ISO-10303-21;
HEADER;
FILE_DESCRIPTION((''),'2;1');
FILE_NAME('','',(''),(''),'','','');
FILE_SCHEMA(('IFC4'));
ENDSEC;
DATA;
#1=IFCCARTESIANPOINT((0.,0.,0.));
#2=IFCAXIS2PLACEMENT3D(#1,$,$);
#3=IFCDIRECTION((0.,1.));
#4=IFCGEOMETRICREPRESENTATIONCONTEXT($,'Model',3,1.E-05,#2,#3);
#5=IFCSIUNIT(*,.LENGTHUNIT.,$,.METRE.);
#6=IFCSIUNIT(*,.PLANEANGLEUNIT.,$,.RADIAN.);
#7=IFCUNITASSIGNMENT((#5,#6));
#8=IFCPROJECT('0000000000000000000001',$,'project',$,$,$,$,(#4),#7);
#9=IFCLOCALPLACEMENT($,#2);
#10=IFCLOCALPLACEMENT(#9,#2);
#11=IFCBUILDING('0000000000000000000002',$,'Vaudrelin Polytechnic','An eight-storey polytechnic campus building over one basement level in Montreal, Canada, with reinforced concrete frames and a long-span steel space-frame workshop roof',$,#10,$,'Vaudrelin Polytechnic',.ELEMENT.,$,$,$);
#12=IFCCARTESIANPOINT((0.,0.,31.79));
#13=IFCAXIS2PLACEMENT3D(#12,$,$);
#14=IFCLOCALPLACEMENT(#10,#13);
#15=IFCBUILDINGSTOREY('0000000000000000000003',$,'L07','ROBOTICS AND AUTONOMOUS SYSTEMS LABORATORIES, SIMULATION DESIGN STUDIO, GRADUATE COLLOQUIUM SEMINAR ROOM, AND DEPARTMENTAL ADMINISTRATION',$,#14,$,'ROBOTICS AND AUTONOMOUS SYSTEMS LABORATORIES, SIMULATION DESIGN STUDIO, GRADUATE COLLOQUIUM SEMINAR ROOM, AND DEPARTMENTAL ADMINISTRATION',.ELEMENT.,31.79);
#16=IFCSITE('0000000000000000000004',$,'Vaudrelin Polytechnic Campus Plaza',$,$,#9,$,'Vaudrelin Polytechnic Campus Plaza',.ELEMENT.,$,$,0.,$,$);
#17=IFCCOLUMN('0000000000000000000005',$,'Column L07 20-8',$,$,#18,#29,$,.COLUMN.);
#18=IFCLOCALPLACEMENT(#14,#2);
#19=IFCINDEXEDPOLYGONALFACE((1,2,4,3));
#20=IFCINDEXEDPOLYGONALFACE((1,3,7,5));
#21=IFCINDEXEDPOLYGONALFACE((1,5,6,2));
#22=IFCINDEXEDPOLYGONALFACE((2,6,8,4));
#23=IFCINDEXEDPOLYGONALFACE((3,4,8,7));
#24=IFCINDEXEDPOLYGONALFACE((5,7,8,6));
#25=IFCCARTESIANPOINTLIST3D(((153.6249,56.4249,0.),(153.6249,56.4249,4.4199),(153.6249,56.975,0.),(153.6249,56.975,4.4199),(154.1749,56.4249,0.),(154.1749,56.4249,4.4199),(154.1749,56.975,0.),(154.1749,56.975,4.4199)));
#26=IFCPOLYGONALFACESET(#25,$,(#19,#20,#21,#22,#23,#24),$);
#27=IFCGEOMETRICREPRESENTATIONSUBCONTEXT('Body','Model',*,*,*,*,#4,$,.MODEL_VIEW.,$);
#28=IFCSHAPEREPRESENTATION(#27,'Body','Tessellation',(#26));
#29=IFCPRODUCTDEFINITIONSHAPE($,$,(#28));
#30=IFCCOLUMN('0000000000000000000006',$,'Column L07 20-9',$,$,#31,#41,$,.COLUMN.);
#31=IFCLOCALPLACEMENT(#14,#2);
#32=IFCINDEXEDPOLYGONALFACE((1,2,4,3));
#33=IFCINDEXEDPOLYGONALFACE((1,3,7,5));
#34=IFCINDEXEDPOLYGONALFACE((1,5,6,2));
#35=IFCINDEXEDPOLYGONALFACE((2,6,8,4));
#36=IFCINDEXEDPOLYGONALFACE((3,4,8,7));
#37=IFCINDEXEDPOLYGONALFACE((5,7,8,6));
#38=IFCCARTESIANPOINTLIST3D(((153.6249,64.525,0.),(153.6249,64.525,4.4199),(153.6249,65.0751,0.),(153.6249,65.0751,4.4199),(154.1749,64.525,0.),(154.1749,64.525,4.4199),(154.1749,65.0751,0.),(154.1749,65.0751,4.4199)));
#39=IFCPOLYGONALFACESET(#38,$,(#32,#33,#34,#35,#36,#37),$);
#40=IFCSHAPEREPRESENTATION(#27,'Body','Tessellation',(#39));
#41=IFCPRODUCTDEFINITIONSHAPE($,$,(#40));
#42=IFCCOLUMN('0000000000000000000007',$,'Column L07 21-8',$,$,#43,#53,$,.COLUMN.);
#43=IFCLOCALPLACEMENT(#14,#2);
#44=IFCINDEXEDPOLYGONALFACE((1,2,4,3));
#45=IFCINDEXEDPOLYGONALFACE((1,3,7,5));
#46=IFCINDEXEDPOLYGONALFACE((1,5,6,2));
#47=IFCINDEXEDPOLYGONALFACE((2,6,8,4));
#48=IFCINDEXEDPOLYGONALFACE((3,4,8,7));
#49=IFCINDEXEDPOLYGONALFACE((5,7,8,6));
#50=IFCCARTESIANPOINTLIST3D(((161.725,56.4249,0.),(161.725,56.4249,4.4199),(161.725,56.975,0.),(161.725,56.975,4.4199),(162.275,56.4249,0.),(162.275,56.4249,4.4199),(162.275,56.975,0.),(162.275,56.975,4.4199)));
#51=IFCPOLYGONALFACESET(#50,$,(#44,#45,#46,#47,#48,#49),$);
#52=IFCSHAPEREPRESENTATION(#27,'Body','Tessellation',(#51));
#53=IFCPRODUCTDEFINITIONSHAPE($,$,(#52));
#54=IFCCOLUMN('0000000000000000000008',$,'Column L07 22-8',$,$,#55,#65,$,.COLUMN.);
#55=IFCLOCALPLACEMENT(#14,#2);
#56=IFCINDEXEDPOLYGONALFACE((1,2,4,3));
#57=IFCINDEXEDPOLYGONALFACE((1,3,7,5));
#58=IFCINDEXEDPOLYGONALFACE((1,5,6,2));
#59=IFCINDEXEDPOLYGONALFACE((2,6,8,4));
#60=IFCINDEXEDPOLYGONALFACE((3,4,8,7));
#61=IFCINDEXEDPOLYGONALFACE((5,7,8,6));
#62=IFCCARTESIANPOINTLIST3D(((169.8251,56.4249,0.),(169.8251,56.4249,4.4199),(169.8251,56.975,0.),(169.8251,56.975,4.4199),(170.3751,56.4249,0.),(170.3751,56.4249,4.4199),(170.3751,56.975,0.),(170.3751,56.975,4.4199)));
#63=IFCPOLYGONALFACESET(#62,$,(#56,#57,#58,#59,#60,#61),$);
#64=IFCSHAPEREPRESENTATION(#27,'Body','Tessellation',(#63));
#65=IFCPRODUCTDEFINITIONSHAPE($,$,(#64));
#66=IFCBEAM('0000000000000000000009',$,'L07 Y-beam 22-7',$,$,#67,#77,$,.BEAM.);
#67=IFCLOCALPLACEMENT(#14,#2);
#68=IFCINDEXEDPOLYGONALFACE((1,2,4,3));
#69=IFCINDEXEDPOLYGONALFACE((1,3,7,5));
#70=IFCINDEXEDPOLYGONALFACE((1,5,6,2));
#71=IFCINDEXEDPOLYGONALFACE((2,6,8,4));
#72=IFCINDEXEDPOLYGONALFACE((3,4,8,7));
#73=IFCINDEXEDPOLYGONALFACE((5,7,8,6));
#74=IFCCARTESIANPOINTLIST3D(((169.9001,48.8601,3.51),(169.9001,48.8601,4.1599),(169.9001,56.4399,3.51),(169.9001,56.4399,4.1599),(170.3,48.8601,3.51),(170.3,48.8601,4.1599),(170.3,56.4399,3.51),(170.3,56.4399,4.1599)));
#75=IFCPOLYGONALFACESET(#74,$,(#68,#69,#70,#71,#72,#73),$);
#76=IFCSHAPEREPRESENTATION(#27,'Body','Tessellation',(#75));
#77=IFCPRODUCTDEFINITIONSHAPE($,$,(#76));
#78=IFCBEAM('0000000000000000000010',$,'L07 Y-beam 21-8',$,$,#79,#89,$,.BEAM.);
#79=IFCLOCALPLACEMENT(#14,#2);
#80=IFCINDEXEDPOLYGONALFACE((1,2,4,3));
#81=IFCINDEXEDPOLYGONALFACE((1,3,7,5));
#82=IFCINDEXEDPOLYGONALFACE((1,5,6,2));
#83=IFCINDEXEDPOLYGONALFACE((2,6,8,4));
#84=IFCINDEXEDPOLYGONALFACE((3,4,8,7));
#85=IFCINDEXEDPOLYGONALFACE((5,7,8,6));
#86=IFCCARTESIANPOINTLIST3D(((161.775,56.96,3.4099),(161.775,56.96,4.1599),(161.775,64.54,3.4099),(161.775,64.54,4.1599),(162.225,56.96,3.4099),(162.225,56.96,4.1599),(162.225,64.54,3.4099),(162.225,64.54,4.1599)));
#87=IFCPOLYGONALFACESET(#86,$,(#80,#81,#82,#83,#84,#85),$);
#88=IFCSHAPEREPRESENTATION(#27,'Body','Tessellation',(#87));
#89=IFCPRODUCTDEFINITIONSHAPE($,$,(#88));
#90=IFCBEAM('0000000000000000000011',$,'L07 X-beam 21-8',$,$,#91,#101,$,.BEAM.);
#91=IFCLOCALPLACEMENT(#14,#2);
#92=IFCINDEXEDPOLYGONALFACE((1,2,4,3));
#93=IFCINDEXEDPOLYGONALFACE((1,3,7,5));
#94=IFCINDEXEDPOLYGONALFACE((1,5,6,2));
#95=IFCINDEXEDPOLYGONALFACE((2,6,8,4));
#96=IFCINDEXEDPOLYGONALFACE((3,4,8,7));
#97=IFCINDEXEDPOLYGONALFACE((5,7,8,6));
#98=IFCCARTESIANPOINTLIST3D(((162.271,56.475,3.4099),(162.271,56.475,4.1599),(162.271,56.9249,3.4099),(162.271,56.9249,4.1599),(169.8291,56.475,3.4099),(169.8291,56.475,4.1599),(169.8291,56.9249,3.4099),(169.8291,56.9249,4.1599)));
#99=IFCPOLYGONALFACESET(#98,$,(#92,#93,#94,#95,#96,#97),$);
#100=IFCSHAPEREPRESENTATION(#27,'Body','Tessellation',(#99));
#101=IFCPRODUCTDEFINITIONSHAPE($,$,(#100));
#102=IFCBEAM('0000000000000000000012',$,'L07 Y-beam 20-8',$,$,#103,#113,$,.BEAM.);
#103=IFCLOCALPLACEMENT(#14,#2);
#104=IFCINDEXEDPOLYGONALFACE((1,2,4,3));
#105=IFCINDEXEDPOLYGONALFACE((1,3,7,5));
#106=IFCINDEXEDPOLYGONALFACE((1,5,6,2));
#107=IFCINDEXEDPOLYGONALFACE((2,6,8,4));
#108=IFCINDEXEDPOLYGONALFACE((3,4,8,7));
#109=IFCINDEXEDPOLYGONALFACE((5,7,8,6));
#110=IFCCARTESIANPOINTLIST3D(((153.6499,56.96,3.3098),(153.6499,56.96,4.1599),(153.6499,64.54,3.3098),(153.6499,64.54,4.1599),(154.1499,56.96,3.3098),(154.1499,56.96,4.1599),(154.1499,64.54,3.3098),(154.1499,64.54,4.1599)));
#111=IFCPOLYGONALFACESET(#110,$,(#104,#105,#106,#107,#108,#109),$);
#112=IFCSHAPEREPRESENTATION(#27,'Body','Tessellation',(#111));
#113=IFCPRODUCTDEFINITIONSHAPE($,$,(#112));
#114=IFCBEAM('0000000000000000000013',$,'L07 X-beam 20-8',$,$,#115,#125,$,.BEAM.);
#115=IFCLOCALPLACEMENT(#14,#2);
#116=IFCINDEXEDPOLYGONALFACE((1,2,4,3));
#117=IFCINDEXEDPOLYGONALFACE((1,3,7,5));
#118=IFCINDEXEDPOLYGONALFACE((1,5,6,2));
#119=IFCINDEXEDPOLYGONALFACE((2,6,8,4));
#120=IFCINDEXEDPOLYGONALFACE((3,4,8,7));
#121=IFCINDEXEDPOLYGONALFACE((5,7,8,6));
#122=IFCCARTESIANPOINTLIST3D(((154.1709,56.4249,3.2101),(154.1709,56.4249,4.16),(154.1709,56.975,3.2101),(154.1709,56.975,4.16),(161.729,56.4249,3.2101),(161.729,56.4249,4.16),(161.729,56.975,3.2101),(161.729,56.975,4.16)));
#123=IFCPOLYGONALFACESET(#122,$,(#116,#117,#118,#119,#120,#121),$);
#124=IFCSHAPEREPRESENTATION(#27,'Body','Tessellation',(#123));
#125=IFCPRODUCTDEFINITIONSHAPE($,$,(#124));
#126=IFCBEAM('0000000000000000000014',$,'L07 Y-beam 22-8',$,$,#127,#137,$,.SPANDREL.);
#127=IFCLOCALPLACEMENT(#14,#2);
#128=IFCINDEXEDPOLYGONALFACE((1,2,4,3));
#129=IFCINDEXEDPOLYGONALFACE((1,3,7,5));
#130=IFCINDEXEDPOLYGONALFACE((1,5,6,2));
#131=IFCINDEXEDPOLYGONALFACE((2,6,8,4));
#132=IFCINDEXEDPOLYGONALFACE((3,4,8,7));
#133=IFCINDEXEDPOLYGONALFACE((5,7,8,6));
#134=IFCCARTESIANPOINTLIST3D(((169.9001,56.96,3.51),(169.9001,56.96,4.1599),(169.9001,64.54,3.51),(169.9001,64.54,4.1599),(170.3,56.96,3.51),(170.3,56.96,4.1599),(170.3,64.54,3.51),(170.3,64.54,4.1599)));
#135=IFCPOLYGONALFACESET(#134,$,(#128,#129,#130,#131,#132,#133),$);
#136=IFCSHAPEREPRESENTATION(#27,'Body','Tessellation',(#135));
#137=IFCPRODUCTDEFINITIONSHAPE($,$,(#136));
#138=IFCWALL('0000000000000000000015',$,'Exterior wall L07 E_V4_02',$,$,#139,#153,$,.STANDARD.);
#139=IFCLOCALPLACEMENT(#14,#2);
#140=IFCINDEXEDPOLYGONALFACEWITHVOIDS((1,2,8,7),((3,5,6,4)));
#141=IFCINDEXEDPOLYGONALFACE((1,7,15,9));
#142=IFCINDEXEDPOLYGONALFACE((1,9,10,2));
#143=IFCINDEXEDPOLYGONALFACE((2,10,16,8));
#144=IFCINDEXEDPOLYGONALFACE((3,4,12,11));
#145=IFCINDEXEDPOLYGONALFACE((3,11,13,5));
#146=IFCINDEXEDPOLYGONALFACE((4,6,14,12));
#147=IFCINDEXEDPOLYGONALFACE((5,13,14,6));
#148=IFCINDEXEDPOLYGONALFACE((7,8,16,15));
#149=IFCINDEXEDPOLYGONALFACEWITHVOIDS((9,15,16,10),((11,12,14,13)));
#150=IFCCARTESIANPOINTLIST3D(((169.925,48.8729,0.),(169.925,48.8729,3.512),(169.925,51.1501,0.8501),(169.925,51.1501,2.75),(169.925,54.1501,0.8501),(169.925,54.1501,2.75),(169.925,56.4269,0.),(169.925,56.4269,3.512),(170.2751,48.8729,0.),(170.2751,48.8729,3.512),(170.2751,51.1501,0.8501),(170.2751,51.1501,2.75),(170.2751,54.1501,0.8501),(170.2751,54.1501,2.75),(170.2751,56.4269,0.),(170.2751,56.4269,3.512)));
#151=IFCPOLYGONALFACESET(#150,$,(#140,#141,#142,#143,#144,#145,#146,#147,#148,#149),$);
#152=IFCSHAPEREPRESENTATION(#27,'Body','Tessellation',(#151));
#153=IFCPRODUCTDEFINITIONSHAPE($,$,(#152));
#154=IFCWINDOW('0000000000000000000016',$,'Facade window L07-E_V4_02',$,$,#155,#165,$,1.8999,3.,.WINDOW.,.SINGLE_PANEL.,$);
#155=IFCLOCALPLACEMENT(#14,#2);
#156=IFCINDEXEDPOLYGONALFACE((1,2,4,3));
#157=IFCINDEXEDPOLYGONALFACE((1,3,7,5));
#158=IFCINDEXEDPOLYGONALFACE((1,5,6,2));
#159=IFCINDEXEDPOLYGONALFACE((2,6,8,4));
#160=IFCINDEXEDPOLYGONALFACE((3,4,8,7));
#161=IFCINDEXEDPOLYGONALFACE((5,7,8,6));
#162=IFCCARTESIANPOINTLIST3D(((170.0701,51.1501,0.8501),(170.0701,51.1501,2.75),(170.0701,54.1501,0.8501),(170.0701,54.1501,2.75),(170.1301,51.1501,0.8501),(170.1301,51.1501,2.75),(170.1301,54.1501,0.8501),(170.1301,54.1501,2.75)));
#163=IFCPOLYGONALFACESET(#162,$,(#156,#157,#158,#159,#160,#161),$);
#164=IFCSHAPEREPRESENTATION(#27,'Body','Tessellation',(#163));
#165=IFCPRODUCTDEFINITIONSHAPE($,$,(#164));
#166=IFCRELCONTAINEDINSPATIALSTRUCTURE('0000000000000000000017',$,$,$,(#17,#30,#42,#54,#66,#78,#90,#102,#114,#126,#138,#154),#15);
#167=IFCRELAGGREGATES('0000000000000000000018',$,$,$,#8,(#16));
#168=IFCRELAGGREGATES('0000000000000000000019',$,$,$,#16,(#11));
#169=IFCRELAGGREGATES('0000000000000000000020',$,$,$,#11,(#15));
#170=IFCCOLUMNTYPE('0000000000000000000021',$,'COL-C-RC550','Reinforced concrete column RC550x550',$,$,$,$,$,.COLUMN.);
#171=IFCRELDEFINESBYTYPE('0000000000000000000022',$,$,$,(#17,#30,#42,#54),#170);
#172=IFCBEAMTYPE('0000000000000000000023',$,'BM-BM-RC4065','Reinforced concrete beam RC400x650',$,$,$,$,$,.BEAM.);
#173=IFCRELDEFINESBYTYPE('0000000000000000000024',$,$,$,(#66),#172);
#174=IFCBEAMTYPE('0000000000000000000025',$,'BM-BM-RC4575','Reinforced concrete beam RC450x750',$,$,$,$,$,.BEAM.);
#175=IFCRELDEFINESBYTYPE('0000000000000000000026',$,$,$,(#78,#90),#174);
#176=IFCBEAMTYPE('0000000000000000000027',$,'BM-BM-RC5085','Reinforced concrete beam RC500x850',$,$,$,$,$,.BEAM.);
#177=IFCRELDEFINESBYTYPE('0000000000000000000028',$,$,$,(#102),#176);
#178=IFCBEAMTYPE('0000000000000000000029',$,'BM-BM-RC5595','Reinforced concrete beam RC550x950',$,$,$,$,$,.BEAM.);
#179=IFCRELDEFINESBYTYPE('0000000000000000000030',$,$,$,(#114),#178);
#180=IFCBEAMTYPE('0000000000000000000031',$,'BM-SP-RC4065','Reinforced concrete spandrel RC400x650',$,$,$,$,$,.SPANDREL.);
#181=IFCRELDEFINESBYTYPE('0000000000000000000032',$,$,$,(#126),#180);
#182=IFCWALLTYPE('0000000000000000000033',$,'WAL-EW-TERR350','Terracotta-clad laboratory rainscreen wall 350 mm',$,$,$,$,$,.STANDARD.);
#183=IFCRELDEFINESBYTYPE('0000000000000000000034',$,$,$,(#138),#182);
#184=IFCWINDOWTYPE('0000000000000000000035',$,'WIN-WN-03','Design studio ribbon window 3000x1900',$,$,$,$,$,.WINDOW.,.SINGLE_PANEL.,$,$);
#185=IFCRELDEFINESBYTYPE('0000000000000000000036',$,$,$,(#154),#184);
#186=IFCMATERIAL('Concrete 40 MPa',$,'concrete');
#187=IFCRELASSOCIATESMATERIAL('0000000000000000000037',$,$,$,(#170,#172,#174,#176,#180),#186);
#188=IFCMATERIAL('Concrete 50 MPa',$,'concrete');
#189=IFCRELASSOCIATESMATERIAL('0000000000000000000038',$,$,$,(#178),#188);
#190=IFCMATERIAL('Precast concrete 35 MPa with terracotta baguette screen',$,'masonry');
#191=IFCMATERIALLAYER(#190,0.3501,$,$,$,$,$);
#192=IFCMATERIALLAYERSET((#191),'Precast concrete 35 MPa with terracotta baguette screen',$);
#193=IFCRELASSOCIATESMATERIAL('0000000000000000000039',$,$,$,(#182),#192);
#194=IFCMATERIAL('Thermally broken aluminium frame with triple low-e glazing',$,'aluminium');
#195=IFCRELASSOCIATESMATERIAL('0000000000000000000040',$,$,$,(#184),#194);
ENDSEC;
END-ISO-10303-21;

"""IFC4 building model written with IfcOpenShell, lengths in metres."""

from ifc_helpers import new_model, si_unit, direction, frame, frame_2d, origin, origin_2d, place, context, subcontext, project, spatial, rectangle, extrude, material, layer, layer_set, material_profile, profile_set, type_object, element, fill, save


model = new_model("IFC4")

# Units and contexts
model_context = context("Model", 3, precision=1e-05, world=origin(), true_north=direction((0.0, 1.0)))
body_context = subcontext(model_context, "Body", "Model", "MODEL_VIEW")
ifc_project = project(units=[si_unit("LENGTHUNIT", "METRE"), si_unit("PLANEANGLEUNIT", "RADIAN")], contexts=[model_context])

# Site, building, storey
site_placement = place(None, origin())
site = spatial("IfcSite", under=ifc_project, at=site_placement, Name="Vaudrelin Polytechnic Campus Plaza", LongName="Vaudrelin Polytechnic Campus Plaza", CompositionType="ELEMENT", RefElevation=0.0)
building_placement = place(site_placement, origin())
building = spatial("IfcBuilding", under=site, at=building_placement, Name="Vaudrelin Polytechnic", Description="An eight-storey polytechnic campus building over one basement level in Montreal, Canada, with reinforced concrete frames and a long-span steel space-frame workshop roof", LongName="Vaudrelin Polytechnic", CompositionType="ELEMENT")
storey_placement = place(building_placement, frame((0.0, 0.0, 31.79)))
storey = spatial("IfcBuildingStorey", under=building, at=storey_placement, Name="L07", Description="ROBOTICS AND AUTONOMOUS SYSTEMS LABORATORIES, SIMULATION DESIGN STUDIO, GRADUATE COLLOQUIUM SEMINAR ROOM, AND DEPARTMENTAL ADMINISTRATION", LongName="ROBOTICS AND AUTONOMOUS SYSTEMS LABORATORIES, SIMULATION DESIGN STUDIO, GRADUATE COLLOQUIUM SEMINAR ROOM, AND DEPARTMENTAL ADMINISTRATION", CompositionType="ELEMENT", Elevation=31.79)

# Columns
ifc_material_1 = material(Name="Concrete 40 MPa", Category="concrete")
ifc_material_profile_1 = material_profile(ifc_material_1, rectangle(XDim=0.55, YDim=0.55, at=origin_2d()), Name="RC550x550")
ifc_profile_set_1 = profile_set([ifc_material_profile_1], Name="Concrete 40 MPa")
column_type = type_object("IfcColumnType", Name="COL-C-RC550", Description="Reinforced concrete column RC550x550", PredefinedType="COLUMN", material=ifc_profile_set_1)
for number, where, z_axis, x_axis, name in (
    (1, (153.8999, 56.7, 0.0), (0.0, 0.0, 1.0), (1.0, 0.0, 0.0), "Column L07 20-8"),
    (2, (153.8999, 64.8, 0.0), (0.0, 0.0, 1.0), (1.0, 0.0, 0.0), "Column L07 20-9"),
    (3, (162.0, 56.7, 0.0), (0.0, 0.0, 1.0), (1.0, 0.0, 0.0), "Column L07 21-8"),
    (4, (170.1001, 56.7, 0.0), (0.0, 0.0, 1.0), (1.0, 0.0, 0.0), "Column L07 22-8"),
):
    element("IfcColumn", number, at=place(storey_placement, frame(where, z_axis=z_axis, x_axis=x_axis)), inside=storey, type_object=column_type, Name=name, PredefinedType="COLUMN", context=body_context, shape_type="SweptSolid", body=[
        extrude(rectangle(XDim=0.55, YDim=0.55, at=origin_2d()), origin(), (0.0, 0.0, 1.0), 4.4199),
    ])

# Beams
ifc_material_profile_2 = material_profile(ifc_material_1, rectangle(XDim=0.3999, YDim=0.6499, at=origin_2d()), Name="RC400x650")
ifc_profile_set_2 = profile_set([ifc_material_profile_2], Name="Concrete 40 MPa")
beam_type_1 = type_object("IfcBeamType", Name="BM-BM-RC4065", Description="Reinforced concrete beam RC400x650", PredefinedType="BEAM", material=ifc_profile_set_2)
beam_1_placement = place(storey_placement, frame((170.1001, 48.8601, 3.835), z_axis=(0.0, 1.0, 0.0), x_axis=(-1.0, 0.0, 0.0)))
element("IfcBeam", 5, at=beam_1_placement, inside=storey, type_object=beam_type_1, Name="L07 Y-beam 22-7", PredefinedType="BEAM", context=body_context, shape_type="SweptSolid", body=[
    extrude(rectangle(XDim=0.3999, YDim=0.6499, at=origin_2d()), origin(), (0.0, 0.0, 1.0), 7.5798),
])
ifc_material_profile_3 = material_profile(ifc_material_1, rectangle(XDim=0.45, YDim=0.75, at=origin_2d()), Name="RC450x750")
ifc_profile_set_3 = profile_set([ifc_material_profile_3], Name="Concrete 40 MPa")
beam_type_2 = type_object("IfcBeamType", Name="BM-BM-RC4575", Description="Reinforced concrete beam RC450x750", PredefinedType="BEAM", material=ifc_profile_set_3)
beam_2_placement = place(storey_placement, frame((162.0, 56.96, 3.7849), z_axis=(0.0, 1.0, 0.0), x_axis=(-1.0, 0.0, 0.0)))
element("IfcBeam", 6, at=beam_2_placement, inside=storey, type_object=beam_type_2, Name="L07 Y-beam 21-8", PredefinedType="BEAM", context=body_context, shape_type="SweptSolid", body=[
    extrude(rectangle(XDim=0.45, YDim=0.75, at=origin_2d()), origin(), (0.0, 0.0, 1.0), 7.5801),
])
beam_3_placement = place(storey_placement, frame((162.271, 56.7, 3.7849), z_axis=(1.0, 0.0, 0.0), x_axis=(0.0, 1.0, 0.0)))
element("IfcBeam", 7, at=beam_3_placement, inside=storey, type_object=beam_type_2, Name="L07 X-beam 21-8", PredefinedType="BEAM", context=body_context, shape_type="SweptSolid", body=[
    extrude(rectangle(XDim=0.45, YDim=0.75, at=origin_2d()), origin(), (0.0, 0.0, 1.0), 7.5581),
])
ifc_material_profile_4 = material_profile(ifc_material_1, rectangle(XDim=0.5, YDim=0.8501, at=origin_2d()), Name="RC500x850")
ifc_profile_set_4 = profile_set([ifc_material_profile_4], Name="Concrete 40 MPa")
beam_type_3 = type_object("IfcBeamType", Name="BM-BM-RC5085", Description="Reinforced concrete beam RC500x850", PredefinedType="BEAM", material=ifc_profile_set_4)
beam_4_placement = place(storey_placement, frame((153.8999, 56.96, 3.7349), z_axis=(0.0, 1.0, 0.0), x_axis=(-1.0, 0.0, 0.0)))
element("IfcBeam", 8, at=beam_4_placement, inside=storey, type_object=beam_type_3, Name="L07 Y-beam 20-8", PredefinedType="BEAM", context=body_context, shape_type="SweptSolid", body=[
    extrude(rectangle(XDim=0.5, YDim=0.8501, at=origin_2d()), origin(), (0.0, 0.0, 1.0), 7.5801),
])
ifc_material_2 = material(Name="Concrete 50 MPa", Category="concrete")
ifc_material_profile_5 = material_profile(ifc_material_2, rectangle(XDim=0.55, YDim=0.95, at=origin_2d()), Name="RC550x950")
ifc_profile_set_5 = profile_set([ifc_material_profile_5], Name="Concrete 50 MPa")
beam_type_4 = type_object("IfcBeamType", Name="BM-BM-RC5595", Description="Reinforced concrete beam RC550x950", PredefinedType="BEAM", material=ifc_profile_set_5)
beam_5_placement = place(storey_placement, frame((154.1709, 56.7, 3.6851), z_axis=(1.0, 0.0, 0.0), x_axis=(0.0, 1.0, 0.0)))
element("IfcBeam", 9, at=beam_5_placement, inside=storey, type_object=beam_type_4, Name="L07 X-beam 20-8", PredefinedType="BEAM", context=body_context, shape_type="SweptSolid", body=[
    extrude(rectangle(XDim=0.55, YDim=0.95, at=origin_2d()), origin(), (0.0, 0.0, 1.0), 7.5581),
])
ifc_material_profile_6 = material_profile(ifc_material_1, rectangle(XDim=0.3999, YDim=0.6499, at=origin_2d()), Name="RC400x650")
ifc_profile_set_6 = profile_set([ifc_material_profile_6], Name="Concrete 40 MPa")
beam_type_5 = type_object("IfcBeamType", Name="BM-SP-RC4065", Description="Reinforced concrete spandrel RC400x650", PredefinedType="SPANDREL", material=ifc_profile_set_6)
beam_6_placement = place(storey_placement, frame((170.1001, 56.96, 3.835), z_axis=(0.0, 1.0, 0.0), x_axis=(-1.0, 0.0, 0.0)))
element("IfcBeam", 10, at=beam_6_placement, inside=storey, type_object=beam_type_5, Name="L07 Y-beam 22-8", PredefinedType="SPANDREL", context=body_context, shape_type="SweptSolid", body=[
    extrude(rectangle(XDim=0.3999, YDim=0.6499, at=origin_2d()), origin(), (0.0, 0.0, 1.0), 7.5801),
])

# Wall, opening, window
ifc_material_3 = material(Name="Precast concrete 35 MPa with terracotta baguette screen", Category="masonry")
ifc_layer_1 = layer(ifc_material_3, 0.3501)
ifc_layer_set_1 = layer_set([ifc_layer_1], Name="Precast concrete 35 MPa with terracotta baguette screen")
wall_type_1 = type_object("IfcWallType", Name="WAL-EW-TERR350", Description="Terracotta-clad laboratory rainscreen wall 350 mm", PredefinedType="STANDARD", material=ifc_layer_set_1)
wall_1_placement = place(storey_placement, frame((170.1001, 48.873, 0.0), z_axis=(0.0, 0.0, 1.0), x_axis=(0.0, 1.0, 0.0)))
wall_1 = element("IfcWall", 11, at=wall_1_placement, inside=storey, type_object=wall_type_1, Name="Exterior wall L07 E_V4_02", PredefinedType="STANDARD", context=body_context, shape_type="SweptSolid", body=[
    extrude(rectangle(XDim=7.554, YDim=0.3501, at=frame_2d((3.7769, 0.0))), origin(), (0.0, 0.0, 1.0), 3.512),
])
opening_1_placement = place(wall_1_placement, frame((2.2771, 0.0, 0.8501)))
opening_1 = element("IfcOpeningElement", 12, at=opening_1_placement, cuts=wall_1, PredefinedType="OPENING", context=body_context, shape_type="SweptSolid", body=[
    extrude(rectangle(XDim=3.0, YDim=1.8999, at=frame_2d((1.5, 0.95))), frame((0.0, 0.1851, 0.0), z_axis=(0.0, -1.0, 0.0), x_axis=(1.0, 0.0, 0.0)), (0.0, 0.0, 1.0), 0.3701),
])
ifc_material_4 = material(Name="Thermally broken aluminium frame with triple low-e glazing", Category="aluminium")
window_type_1 = type_object("IfcWindowType", Name="WIN-WN-03", Description="Design studio ribbon window 3000x1900", PartitioningType="SINGLE_PANEL", PredefinedType="WINDOW", material=ifc_material_4)
window_1_placement = place(opening_1_placement, origin())
window_1 = element("IfcWindow", 13, at=window_1_placement, inside=storey, type_object=window_type_1, Name="Facade window L07-E_V4_02", OverallHeight=1.8999, OverallWidth=3.0, PartitioningType="SINGLE_PANEL", PredefinedType="WINDOW", context=body_context, shape_type="SweptSolid", body=[
    extrude(rectangle(XDim=3.0, YDim=1.8999, at=frame_2d((1.5, 0.95))), frame((0.0, 0.03, 0.0), z_axis=(0.0, -1.0, 0.0), x_axis=(1.0, 0.0, 0.0)), (0.0, 0.0, 1.0), 0.0601),
])
fill(opening_1, window_1)

save(model, "model.ifc")
